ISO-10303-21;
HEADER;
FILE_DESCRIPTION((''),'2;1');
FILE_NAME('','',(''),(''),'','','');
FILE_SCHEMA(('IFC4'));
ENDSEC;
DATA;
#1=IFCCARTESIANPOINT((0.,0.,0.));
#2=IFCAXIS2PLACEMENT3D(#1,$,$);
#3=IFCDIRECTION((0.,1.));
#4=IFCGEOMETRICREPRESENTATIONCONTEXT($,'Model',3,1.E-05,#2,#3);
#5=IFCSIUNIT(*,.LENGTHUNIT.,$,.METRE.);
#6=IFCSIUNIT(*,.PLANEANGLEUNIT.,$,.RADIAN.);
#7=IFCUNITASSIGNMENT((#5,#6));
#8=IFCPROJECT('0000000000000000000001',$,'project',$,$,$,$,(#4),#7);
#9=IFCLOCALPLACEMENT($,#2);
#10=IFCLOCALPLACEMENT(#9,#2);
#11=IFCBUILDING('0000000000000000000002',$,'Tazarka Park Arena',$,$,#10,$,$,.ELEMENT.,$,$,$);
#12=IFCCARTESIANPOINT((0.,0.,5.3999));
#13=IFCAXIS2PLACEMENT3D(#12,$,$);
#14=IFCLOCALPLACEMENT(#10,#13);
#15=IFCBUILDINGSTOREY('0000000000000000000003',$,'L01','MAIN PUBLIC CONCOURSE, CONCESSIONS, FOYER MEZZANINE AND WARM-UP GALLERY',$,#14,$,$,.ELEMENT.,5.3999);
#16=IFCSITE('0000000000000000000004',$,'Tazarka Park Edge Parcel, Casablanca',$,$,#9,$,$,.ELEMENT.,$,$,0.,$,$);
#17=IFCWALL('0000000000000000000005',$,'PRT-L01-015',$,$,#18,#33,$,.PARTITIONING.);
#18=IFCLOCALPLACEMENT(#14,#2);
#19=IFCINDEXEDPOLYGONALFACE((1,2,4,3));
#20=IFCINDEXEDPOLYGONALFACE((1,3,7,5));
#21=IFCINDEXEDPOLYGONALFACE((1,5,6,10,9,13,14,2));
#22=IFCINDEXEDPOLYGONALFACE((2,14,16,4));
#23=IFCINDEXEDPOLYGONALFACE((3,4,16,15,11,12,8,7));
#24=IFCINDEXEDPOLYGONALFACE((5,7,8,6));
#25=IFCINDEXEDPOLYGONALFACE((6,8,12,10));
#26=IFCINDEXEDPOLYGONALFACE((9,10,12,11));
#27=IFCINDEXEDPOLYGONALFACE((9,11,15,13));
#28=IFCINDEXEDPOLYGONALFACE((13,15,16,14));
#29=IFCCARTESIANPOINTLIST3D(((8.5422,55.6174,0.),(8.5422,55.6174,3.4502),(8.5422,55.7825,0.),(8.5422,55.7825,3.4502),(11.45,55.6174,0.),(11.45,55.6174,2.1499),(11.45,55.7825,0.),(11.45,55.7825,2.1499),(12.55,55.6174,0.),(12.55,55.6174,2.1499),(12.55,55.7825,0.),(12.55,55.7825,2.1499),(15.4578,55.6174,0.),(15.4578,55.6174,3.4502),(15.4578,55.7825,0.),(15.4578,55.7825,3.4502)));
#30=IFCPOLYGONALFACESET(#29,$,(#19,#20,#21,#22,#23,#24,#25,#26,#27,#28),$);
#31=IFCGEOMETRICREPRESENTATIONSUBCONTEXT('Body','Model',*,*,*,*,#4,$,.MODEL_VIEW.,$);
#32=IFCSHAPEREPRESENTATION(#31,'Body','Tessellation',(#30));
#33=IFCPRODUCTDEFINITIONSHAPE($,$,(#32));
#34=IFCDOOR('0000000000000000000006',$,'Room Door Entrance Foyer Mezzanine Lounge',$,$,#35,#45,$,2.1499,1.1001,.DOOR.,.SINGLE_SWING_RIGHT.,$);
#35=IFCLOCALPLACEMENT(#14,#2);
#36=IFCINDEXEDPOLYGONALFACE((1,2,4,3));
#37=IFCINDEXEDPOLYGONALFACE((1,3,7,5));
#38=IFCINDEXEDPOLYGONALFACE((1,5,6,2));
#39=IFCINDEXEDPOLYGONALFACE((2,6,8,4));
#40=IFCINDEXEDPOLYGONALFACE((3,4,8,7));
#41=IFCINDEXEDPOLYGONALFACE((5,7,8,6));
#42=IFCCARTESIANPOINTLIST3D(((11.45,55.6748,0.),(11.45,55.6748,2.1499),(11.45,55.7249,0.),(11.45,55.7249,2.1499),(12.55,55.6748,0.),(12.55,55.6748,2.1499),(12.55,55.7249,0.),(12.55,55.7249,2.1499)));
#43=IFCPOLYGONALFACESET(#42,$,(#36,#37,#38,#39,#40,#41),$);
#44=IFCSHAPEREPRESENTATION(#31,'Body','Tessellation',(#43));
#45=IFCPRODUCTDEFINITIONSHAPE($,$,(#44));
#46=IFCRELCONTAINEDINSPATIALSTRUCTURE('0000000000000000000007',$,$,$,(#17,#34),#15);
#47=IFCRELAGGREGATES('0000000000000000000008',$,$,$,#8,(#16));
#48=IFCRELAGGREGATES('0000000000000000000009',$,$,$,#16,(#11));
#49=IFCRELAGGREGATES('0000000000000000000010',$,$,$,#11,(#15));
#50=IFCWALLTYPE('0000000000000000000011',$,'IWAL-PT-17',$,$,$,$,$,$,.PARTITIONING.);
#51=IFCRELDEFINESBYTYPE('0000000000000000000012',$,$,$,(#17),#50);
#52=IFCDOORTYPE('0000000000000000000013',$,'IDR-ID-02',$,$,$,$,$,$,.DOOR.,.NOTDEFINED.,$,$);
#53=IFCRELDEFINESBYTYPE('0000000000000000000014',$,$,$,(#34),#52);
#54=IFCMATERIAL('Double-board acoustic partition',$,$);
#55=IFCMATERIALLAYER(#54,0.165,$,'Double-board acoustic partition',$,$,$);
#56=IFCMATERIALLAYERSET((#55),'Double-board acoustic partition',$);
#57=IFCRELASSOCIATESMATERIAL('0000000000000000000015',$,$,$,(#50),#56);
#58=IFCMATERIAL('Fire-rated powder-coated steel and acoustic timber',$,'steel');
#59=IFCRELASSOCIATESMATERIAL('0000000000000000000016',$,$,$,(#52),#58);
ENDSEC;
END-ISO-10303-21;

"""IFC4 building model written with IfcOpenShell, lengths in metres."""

from ifc_helpers import new_model, si_unit, direction, frame, frame_2d, origin, place, context, subcontext, project, spatial, rectangle, extrude, material, layer, layer_set, type_object, element, fill, save


model = new_model("IFC4")

# Units and contexts
model_context = context("Model", 3, precision=1e-05, world=origin(), true_north=direction((0.0, 1.0)))
body_context = subcontext(model_context, "Body", "Model", "MODEL_VIEW")
ifc_project = project(units=[si_unit("LENGTHUNIT", "METRE"), si_unit("PLANEANGLEUNIT", "RADIAN")], contexts=[model_context])

# Site, building, storey
site_placement = place(None, origin())
site = spatial("IfcSite", under=ifc_project, at=site_placement, Name="Tazarka Park Edge Parcel, Casablanca", CompositionType="ELEMENT", RefElevation=0.0)
building_placement = place(site_placement, origin())
building = spatial("IfcBuilding", under=site, at=building_placement, Name="Tazarka Park Arena", CompositionType="ELEMENT")
storey_placement = place(building_placement, frame((0.0, 0.0, 5.3999)))
storey = spatial("IfcBuildingStorey", under=building, at=storey_placement, Name="L01", Description="MAIN PUBLIC CONCOURSE, CONCESSIONS, FOYER MEZZANINE AND WARM-UP GALLERY", CompositionType="ELEMENT", Elevation=5.3999)

# Wall, opening, door
ifc_material_1 = material(Name="Double-board acoustic partition")
ifc_layer_1 = layer(ifc_material_1, 0.165, Name="Double-board acoustic partition")
ifc_layer_set_1 = layer_set([ifc_layer_1], Name="Double-board acoustic partition")
wall_type_1 = type_object("IfcWallType", Name="IWAL-PT-17", PredefinedType="PARTITIONING", material=ifc_layer_set_1)
wall_1_placement = place(storey_placement, frame((8.5422, 55.7, 0.0), z_axis=(0.0, 0.0, 1.0), x_axis=(1.0, 0.0, 0.0)))
wall_1 = element("IfcWall", 1, at=wall_1_placement, inside=storey, type_object=wall_type_1, Name="PRT-L01-015", PredefinedType="PARTITIONING", context=body_context, shape_type="SweptSolid", body=[
    extrude(rectangle(XDim=6.9155, YDim=0.165, at=frame_2d((3.4578, 0.0))), origin(), (0.0, 0.0, 1.0), 3.4502),
])
opening_1_placement = place(wall_1_placement, frame((2.9077, 0.0, 0.0)))
opening_1 = element("IfcOpeningElement", 2, at=opening_1_placement, cuts=wall_1, PredefinedType="OPENING", context=body_context, shape_type="SweptSolid", body=[
    extrude(rectangle(XDim=1.1001, YDim=2.1499, at=frame_2d((0.55, 1.075))), frame((0.0, 0.0925, 0.0), z_axis=(0.0, -1.0, 0.0), x_axis=(1.0, 0.0, 0.0)), (0.0, 0.0, 1.0), 0.1851),
])
ifc_material_2 = material(Name="Fire-rated powder-coated steel and acoustic timber", Category="steel")
door_type_1 = type_object("IfcDoorType", Name="IDR-ID-02", OperationType="NOTDEFINED", PredefinedType="DOOR", material=ifc_material_2)
door_1_placement = place(opening_1_placement, origin())
door_1 = element("IfcDoor", 3, at=door_1_placement, inside=storey, type_object=door_type_1, Name="Room Door Entrance Foyer Mezzanine Lounge", OperationType="SINGLE_SWING_RIGHT", OverallHeight=2.1499, OverallWidth=1.1001, PredefinedType="DOOR", context=body_context, shape_type="SweptSolid", body=[
    extrude(rectangle(XDim=1.1001, YDim=2.1499, at=frame_2d((0.55, 1.075))), frame((0.0, 0.0249, 0.0), z_axis=(0.0, -1.0, 0.0), x_axis=(1.0, 0.0, 0.0)), (0.0, 0.0, 1.0), 0.05),
])
fill(opening_1, door_1)

save(model, "model.ifc")
